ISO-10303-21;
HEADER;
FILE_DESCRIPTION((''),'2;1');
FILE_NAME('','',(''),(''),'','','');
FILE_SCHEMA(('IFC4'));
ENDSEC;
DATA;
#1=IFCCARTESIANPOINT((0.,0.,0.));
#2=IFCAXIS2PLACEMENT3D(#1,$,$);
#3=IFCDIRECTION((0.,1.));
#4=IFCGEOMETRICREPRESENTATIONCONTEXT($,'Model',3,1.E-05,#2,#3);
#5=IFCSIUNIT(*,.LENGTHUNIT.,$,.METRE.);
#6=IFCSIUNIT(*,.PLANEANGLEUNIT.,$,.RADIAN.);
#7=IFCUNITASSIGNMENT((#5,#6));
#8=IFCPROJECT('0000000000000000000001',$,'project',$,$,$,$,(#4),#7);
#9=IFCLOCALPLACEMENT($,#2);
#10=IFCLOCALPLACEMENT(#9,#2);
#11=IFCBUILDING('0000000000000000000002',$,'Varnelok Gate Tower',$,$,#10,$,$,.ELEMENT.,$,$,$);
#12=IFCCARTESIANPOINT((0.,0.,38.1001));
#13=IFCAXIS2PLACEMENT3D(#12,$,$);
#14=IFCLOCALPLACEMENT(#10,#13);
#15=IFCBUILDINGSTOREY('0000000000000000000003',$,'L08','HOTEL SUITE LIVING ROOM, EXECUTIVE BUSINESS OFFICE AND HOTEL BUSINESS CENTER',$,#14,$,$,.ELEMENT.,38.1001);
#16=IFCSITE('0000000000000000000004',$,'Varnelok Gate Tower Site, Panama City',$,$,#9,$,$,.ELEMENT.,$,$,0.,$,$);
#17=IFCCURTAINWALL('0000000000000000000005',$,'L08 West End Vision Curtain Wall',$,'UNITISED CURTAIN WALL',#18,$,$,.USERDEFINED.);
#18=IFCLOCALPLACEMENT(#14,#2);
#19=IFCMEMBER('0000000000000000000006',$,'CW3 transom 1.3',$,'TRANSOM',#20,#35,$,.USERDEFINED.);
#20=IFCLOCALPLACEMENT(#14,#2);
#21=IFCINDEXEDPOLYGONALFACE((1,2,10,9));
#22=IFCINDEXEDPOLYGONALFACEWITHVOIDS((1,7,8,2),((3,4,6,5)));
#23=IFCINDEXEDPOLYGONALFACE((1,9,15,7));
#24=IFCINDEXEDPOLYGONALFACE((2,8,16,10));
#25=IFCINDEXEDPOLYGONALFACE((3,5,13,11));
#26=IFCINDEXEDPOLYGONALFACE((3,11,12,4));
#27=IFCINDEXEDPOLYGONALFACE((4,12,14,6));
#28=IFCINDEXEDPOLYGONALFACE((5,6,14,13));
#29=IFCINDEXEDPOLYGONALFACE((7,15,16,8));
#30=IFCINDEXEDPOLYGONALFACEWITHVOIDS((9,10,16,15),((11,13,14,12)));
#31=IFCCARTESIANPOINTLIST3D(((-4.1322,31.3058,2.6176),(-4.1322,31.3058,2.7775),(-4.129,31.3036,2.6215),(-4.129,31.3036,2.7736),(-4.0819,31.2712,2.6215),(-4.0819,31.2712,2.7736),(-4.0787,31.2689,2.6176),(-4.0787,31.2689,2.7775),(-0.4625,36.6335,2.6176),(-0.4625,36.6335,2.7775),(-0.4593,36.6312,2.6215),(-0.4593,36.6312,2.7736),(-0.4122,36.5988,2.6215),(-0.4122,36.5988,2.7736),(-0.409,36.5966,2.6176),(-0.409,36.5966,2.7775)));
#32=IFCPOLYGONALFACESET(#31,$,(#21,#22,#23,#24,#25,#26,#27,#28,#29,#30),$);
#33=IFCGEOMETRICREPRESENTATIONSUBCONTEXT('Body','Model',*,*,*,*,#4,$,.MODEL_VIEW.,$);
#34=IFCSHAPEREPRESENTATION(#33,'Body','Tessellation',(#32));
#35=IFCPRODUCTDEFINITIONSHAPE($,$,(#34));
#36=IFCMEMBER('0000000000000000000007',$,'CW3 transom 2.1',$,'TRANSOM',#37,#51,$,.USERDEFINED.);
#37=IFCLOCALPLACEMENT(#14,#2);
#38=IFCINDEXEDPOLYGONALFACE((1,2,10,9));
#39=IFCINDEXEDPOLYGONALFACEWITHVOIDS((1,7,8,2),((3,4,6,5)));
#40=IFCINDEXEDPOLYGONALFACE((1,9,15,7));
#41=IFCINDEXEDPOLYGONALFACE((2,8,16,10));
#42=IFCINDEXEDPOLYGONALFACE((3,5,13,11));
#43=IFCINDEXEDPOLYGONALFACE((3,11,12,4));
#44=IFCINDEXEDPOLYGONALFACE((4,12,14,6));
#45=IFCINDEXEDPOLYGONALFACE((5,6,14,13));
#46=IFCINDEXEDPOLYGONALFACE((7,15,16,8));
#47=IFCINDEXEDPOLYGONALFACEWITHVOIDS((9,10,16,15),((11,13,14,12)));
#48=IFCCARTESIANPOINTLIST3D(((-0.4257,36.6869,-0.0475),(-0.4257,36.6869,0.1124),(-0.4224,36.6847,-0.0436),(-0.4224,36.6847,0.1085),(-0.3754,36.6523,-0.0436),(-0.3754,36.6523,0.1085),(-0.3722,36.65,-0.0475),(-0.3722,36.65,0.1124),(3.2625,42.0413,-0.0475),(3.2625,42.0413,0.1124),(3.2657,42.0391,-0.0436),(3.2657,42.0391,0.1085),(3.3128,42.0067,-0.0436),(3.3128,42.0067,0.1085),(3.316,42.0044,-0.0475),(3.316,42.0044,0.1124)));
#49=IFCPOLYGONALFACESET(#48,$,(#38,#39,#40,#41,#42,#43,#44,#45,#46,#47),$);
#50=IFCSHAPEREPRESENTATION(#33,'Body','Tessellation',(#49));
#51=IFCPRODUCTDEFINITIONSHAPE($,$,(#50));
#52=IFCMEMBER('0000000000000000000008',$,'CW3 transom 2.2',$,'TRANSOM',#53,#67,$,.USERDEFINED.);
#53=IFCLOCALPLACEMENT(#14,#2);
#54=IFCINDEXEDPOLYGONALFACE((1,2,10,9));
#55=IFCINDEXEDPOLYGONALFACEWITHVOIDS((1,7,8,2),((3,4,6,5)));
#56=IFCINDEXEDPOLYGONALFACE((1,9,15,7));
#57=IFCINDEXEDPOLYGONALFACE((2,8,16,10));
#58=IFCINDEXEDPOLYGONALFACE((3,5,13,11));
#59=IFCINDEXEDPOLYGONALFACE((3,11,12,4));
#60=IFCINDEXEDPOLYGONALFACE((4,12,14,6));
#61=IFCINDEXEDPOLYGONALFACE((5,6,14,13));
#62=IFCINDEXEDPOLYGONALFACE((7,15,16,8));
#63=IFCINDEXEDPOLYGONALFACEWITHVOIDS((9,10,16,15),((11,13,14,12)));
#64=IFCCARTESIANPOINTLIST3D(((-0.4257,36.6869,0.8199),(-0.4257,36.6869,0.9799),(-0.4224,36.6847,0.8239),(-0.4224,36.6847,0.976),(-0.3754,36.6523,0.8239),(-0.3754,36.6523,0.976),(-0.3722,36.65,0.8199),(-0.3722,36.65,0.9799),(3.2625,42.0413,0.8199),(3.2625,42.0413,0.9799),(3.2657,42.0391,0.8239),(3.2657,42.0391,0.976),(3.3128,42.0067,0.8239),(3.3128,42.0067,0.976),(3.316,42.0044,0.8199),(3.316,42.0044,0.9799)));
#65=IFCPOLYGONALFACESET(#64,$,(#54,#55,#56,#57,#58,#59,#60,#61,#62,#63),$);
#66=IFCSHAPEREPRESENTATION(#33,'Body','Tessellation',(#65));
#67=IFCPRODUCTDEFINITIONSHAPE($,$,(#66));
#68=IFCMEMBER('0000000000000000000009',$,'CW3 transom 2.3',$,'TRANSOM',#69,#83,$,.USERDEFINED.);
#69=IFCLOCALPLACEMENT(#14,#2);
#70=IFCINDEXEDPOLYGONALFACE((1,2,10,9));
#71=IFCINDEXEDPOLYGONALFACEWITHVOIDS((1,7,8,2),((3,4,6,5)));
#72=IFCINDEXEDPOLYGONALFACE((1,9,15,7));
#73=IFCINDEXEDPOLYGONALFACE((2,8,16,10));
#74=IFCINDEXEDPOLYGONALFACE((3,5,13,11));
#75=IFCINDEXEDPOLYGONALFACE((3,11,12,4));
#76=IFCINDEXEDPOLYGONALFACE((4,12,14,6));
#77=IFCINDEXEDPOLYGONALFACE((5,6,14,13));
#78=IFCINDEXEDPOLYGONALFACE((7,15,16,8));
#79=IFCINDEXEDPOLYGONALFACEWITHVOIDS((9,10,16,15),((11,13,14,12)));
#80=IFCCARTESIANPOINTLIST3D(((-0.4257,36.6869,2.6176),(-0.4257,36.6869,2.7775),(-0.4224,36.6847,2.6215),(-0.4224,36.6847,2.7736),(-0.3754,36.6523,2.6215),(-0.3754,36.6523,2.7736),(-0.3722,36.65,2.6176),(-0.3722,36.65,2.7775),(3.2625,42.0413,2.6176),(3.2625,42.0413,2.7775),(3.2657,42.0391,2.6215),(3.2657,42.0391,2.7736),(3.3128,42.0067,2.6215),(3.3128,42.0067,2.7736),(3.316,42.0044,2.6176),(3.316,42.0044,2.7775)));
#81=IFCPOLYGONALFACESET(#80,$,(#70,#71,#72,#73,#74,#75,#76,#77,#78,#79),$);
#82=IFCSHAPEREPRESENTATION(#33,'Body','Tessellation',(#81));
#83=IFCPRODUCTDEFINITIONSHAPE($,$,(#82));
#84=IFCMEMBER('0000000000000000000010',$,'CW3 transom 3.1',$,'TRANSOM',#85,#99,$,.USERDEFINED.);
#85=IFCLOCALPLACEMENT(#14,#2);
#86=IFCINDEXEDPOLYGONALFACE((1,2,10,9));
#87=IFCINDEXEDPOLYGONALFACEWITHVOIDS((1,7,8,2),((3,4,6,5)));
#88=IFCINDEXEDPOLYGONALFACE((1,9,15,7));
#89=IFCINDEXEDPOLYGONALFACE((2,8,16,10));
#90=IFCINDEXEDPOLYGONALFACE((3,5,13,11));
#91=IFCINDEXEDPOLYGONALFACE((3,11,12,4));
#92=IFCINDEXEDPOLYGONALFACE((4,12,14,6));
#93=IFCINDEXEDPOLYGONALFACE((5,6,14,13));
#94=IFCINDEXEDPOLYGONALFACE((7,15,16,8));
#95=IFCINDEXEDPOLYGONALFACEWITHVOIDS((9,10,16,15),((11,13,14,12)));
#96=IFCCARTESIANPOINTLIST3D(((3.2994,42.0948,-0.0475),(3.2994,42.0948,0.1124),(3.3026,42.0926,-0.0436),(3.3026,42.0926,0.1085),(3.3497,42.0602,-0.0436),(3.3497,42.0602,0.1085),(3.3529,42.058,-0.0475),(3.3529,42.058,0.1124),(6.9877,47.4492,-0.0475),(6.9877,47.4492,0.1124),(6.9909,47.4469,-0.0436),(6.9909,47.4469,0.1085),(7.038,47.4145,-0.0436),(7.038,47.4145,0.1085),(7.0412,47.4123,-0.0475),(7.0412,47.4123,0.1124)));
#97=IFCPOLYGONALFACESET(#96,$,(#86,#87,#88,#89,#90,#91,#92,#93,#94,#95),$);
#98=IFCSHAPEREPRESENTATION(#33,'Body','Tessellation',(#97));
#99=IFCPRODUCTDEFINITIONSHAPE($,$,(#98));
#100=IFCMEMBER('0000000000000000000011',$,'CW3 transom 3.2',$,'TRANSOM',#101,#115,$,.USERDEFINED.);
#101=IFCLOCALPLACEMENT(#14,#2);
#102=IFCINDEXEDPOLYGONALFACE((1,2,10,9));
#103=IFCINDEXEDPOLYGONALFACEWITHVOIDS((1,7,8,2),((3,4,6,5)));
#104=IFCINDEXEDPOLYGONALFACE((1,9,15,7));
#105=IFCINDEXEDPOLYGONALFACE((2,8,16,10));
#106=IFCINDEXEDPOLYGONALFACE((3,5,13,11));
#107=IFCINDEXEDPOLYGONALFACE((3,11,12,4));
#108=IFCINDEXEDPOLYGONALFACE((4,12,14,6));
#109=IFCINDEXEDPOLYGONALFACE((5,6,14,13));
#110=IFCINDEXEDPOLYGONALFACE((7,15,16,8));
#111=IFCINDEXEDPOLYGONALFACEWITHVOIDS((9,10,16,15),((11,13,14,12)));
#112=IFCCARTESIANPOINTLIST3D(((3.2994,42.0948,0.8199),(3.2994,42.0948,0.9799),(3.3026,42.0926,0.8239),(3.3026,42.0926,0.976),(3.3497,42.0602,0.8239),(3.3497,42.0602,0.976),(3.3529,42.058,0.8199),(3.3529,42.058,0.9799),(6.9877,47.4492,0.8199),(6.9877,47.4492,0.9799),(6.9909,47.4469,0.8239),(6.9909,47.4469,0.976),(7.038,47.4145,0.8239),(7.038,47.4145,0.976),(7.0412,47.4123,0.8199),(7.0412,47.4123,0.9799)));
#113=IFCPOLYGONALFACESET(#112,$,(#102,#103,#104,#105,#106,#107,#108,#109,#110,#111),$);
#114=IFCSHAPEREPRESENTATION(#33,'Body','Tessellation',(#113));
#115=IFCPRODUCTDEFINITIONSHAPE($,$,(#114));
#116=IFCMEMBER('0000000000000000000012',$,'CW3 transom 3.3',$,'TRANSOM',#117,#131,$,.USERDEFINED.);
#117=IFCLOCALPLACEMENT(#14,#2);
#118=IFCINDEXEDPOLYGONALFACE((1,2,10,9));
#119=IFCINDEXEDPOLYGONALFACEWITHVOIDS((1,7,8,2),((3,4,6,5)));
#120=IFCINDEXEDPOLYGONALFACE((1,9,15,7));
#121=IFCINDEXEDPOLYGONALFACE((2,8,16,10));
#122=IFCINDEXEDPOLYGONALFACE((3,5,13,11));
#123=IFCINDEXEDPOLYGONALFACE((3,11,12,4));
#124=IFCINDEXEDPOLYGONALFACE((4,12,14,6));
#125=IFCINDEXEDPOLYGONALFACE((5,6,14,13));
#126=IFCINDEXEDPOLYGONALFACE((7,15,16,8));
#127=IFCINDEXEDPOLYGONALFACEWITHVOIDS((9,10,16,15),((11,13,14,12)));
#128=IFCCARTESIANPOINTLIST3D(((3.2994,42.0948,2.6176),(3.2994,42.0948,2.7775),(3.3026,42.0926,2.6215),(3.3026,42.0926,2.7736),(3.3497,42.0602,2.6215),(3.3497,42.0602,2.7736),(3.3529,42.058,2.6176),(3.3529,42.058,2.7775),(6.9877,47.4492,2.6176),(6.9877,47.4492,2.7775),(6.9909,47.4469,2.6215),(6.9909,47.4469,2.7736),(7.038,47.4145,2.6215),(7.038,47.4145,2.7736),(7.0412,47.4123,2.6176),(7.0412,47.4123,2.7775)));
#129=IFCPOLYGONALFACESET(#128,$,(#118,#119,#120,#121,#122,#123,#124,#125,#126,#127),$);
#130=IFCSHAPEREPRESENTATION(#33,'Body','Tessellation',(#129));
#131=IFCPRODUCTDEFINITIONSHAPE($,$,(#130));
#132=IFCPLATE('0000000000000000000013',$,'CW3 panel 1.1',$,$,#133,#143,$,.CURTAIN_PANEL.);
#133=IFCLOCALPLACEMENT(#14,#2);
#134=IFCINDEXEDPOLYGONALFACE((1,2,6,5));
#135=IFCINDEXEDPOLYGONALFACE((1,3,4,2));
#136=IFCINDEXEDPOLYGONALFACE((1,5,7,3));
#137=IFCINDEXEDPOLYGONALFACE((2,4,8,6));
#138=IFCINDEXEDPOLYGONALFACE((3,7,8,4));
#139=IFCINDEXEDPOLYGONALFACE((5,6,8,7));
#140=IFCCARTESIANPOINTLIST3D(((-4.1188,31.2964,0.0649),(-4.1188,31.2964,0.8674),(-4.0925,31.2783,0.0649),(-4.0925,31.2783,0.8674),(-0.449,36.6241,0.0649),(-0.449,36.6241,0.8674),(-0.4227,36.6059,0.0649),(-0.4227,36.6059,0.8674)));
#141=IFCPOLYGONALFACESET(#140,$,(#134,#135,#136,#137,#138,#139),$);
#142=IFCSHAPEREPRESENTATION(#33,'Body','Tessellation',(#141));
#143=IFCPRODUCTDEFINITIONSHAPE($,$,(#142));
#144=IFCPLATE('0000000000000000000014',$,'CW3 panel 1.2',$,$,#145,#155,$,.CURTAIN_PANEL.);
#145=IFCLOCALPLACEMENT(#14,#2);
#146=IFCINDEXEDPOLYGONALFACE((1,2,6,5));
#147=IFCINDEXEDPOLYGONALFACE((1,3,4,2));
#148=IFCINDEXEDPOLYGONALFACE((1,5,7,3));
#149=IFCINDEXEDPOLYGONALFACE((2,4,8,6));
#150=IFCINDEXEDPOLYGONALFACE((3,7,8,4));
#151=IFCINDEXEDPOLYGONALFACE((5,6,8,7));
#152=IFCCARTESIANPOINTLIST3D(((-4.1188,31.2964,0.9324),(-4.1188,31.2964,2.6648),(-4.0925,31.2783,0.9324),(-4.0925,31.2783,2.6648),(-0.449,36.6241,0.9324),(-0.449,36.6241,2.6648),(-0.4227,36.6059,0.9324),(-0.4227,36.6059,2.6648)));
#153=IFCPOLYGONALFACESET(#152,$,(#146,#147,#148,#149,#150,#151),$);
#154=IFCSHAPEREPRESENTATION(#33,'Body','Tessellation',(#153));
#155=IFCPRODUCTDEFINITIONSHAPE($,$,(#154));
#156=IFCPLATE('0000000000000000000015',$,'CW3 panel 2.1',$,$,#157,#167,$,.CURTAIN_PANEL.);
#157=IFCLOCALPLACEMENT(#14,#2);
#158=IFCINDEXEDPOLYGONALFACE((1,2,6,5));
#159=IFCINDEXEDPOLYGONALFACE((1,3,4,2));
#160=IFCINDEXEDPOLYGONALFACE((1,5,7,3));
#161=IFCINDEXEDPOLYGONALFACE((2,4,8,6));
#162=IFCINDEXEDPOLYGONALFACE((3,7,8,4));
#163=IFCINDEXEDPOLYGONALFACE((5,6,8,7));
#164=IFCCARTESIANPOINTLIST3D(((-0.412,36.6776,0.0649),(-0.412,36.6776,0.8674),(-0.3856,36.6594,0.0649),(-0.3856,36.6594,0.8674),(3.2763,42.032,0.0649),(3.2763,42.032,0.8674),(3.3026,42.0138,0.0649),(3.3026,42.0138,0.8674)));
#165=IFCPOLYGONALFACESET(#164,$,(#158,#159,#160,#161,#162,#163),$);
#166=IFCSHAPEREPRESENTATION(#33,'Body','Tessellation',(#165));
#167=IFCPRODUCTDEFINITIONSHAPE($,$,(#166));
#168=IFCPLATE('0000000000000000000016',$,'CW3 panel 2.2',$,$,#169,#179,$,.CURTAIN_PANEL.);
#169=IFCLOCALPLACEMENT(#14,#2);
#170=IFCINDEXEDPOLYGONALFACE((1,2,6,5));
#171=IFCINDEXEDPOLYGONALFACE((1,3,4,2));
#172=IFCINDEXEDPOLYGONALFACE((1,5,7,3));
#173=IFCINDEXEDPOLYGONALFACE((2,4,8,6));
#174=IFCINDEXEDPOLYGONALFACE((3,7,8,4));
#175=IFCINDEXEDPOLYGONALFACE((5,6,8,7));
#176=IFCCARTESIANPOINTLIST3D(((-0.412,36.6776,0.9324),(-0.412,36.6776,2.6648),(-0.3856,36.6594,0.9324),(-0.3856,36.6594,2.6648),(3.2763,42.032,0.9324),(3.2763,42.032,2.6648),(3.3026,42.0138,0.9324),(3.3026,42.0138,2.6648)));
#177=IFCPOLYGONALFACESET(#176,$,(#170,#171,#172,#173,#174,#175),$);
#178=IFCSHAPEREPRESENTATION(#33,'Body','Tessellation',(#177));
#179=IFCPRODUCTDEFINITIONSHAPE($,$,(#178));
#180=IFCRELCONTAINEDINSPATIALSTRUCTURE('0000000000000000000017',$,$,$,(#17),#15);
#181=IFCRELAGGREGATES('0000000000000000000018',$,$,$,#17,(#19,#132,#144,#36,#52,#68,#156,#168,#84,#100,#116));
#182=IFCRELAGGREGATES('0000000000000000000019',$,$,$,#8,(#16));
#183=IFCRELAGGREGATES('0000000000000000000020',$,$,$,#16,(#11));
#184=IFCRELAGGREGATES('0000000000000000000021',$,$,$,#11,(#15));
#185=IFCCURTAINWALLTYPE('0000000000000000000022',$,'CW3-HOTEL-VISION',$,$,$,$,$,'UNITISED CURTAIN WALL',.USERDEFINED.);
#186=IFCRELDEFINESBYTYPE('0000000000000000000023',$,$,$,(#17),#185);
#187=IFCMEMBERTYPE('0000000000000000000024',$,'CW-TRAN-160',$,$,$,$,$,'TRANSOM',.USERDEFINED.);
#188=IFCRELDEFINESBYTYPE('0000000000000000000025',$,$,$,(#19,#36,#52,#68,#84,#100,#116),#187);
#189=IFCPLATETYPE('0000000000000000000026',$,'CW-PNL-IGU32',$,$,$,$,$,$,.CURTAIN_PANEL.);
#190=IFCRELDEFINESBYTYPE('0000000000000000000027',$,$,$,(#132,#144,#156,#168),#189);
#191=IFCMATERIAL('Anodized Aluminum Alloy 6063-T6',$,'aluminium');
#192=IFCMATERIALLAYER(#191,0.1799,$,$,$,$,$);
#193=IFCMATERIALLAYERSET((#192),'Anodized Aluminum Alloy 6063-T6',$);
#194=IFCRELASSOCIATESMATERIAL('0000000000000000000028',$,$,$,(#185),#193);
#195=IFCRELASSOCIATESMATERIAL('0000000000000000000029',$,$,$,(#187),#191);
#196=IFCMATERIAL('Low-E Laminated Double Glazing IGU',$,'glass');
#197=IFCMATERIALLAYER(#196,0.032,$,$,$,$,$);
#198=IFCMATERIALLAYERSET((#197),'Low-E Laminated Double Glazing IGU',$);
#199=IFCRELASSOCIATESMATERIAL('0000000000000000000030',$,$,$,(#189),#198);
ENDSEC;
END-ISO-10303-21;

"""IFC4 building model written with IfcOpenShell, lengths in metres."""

from ifc_helpers import new_model, si_unit, direction, frame, origin, origin_2d, place, context, subcontext, project, spatial, rectangle, hollow_rectangle, extrude, source, transform, mapped, material, layer, layer_set, material_profile, profile_set, type_object, element, aggregate, save


model = new_model("IFC4")

# Units and contexts
model_context = context("Model", 3, precision=1e-05, world=origin(), true_north=direction((0.0, 1.0)))
body_context = subcontext(model_context, "Body", "Model", "MODEL_VIEW")
ifc_project = project(units=[si_unit("LENGTHUNIT", "METRE"), si_unit("PLANEANGLEUNIT", "RADIAN")], contexts=[model_context])

# Site, building, storey
site_placement = place(None, origin())
site = spatial("IfcSite", under=ifc_project, at=site_placement, Name="Varnelok Gate Tower Site, Panama City", CompositionType="ELEMENT", RefElevation=0.0)
building_placement = place(site_placement, origin())
building = spatial("IfcBuilding", under=site, at=building_placement, Name="Varnelok Gate Tower", CompositionType="ELEMENT")
storey_placement = place(building_placement, frame((0.0, 0.0, 38.1001)))
storey = spatial("IfcBuildingStorey", under=building, at=storey_placement, Name="L08", Description="HOTEL SUITE LIVING ROOM, EXECUTIVE BUSINESS OFFICE AND HOTEL BUSINESS CENTER", CompositionType="ELEMENT", Elevation=38.1001)

# Curtain wall, members, plates
ifc_material_1 = material(Name="Anodized Aluminum Alloy 6063-T6", Category="aluminium")
ifc_layer_1 = layer(ifc_material_1, 0.1799)
ifc_layer_set_1 = layer_set([ifc_layer_1], Name="Anodized Aluminum Alloy 6063-T6")
curtain_wall_type = type_object("IfcCurtainWallType", Name="CW3-HOTEL-VISION", ElementType="UNITISED CURTAIN WALL", PredefinedType="USERDEFINED", material=ifc_layer_set_1)
curtain_wall_placement = place(storey_placement, origin())
curtain_wall = element("IfcCurtainWall", 1, at=curtain_wall_placement, inside=storey, type_object=curtain_wall_type, Name="L08 West End Vision Curtain Wall", ObjectType="UNITISED CURTAIN WALL", PredefinedType="USERDEFINED")
ifc_material_profile_1 = material_profile(ifc_material_1, hollow_rectangle(XDim=0.0649, YDim=0.1599, WallThickness=0.0039, at=origin_2d()), Name="ALU160X65X4")
ifc_profile_set_1 = profile_set([ifc_material_profile_1], Name="Anodized Aluminum Alloy 6063-T6")
member_type_1 = type_object("IfcMemberType", Name="CW-TRAN-160", ElementType="TRANSOM", PredefinedType="USERDEFINED", material=ifc_profile_set_1)
member_1_placement = place(storey_placement, frame((-4.1055, 31.2874, 2.6975), z_axis=(0.567256, 0.823542, 0.0), x_axis=(-0.823542, 0.567256, 0.0)))
member_1 = element("IfcMember", 2, at=member_1_placement, type_object=member_type_1, Name="CW3 transom 1.3", ObjectType="TRANSOM", PredefinedType="USERDEFINED", context=body_context, shape_type="SweptSolid", body=[
    extrude(hollow_rectangle(XDim=0.0649, YDim=0.1599, WallThickness=0.0039, at=origin_2d()), origin(), (0.0, 0.0, 1.0), 6.4692),
])
member_2_placement = place(storey_placement, frame((-0.3989, 36.6685, 0.0325), z_axis=(0.567262, 0.823538, 0.0), x_axis=(-0.823538, 0.567262, 0.0)))
member_2 = element("IfcMember", 3, at=member_2_placement, type_object=member_type_1, Name="CW3 transom 2.1", ObjectType="TRANSOM", PredefinedType="USERDEFINED", context=body_context, shape_type="SweptSolid", body=[
    extrude(hollow_rectangle(XDim=0.0649, YDim=0.1599, WallThickness=0.0039, at=origin_2d()), origin(), (0.0, 0.0, 1.0), 6.5017),
])
member_3_placement = place(storey_placement, frame((-0.3989, 36.6685, 0.8999), z_axis=(0.567262, 0.823538, 0.0), x_axis=(-0.823538, 0.567262, 0.0)))
member_3 = element("IfcMember", 4, at=member_3_placement, type_object=member_type_1, Name="CW3 transom 2.2", ObjectType="TRANSOM", PredefinedType="USERDEFINED", context=body_context, shape_type="SweptSolid", body=[
    extrude(hollow_rectangle(XDim=0.0649, YDim=0.1599, WallThickness=0.0039, at=origin_2d()), origin(), (0.0, 0.0, 1.0), 6.5017),
])
member_4_placement = place(storey_placement, frame((-0.3989, 36.6685, 2.6975), z_axis=(0.567262, 0.823538, 0.0), x_axis=(-0.823538, 0.567262, 0.0)))
member_4 = element("IfcMember", 5, at=member_4_placement, type_object=member_type_1, Name="CW3 transom 2.3", ObjectType="TRANSOM", PredefinedType="USERDEFINED", context=body_context, shape_type="SweptSolid", body=[
    extrude(hollow_rectangle(XDim=0.0649, YDim=0.1599, WallThickness=0.0039, at=origin_2d()), origin(), (0.0, 0.0, 1.0), 6.5017),
])
member_5_placement = place(storey_placement, frame((3.3262, 42.0764, 0.0325), z_axis=(0.567279, 0.823526, 0.0), x_axis=(-0.823526, 0.567279, 0.0)))
member_5 = element("IfcMember", 6, at=member_5_placement, type_object=member_type_1, Name="CW3 transom 3.1", ObjectType="TRANSOM", PredefinedType="USERDEFINED", context=body_context, shape_type="SweptSolid", body=[
    extrude(hollow_rectangle(XDim=0.0649, YDim=0.1599, WallThickness=0.0039, at=origin_2d()), origin(), (0.0, 0.0, 1.0), 6.5017),
])
member_6_placement = place(storey_placement, frame((3.3262, 42.0764, 0.8999), z_axis=(0.567279, 0.823526, 0.0), x_axis=(-0.823526, 0.567279, 0.0)))
member_6 = element("IfcMember", 7, at=member_6_placement, type_object=member_type_1, Name="CW3 transom 3.2", ObjectType="TRANSOM", PredefinedType="USERDEFINED", context=body_context, shape_type="SweptSolid", body=[
    extrude(hollow_rectangle(XDim=0.0649, YDim=0.1599, WallThickness=0.0039, at=origin_2d()), origin(), (0.0, 0.0, 1.0), 6.5017),
])
member_7_placement = place(storey_placement, frame((3.3262, 42.0764, 2.6975), z_axis=(0.567279, 0.823526, 0.0), x_axis=(-0.823526, 0.567279, 0.0)))
member_7 = element("IfcMember", 8, at=member_7_placement, type_object=member_type_1, Name="CW3 transom 3.3", ObjectType="TRANSOM", PredefinedType="USERDEFINED", context=body_context, shape_type="SweptSolid", body=[
    extrude(hollow_rectangle(XDim=0.0649, YDim=0.1599, WallThickness=0.0039, at=origin_2d()), origin(), (0.0, 0.0, 1.0), 6.5017),
])
ifc_material_2 = material(Name="Low-E Laminated Double Glazing IGU", Category="glass")
ifc_layer_2 = layer(ifc_material_2, 0.032)
ifc_layer_set_2 = layer_set([ifc_layer_2], Name="Low-E Laminated Double Glazing IGU")
plate_type = type_object("IfcPlateType", Name="CW-PNL-IGU32", PredefinedType="CURTAIN_PANEL", material=ifc_layer_set_2)
shared_shape_1 = source(origin(), body_context, "Body", "SweptSolid", [
    extrude(rectangle(XDim=6.4692, YDim=0.032, at=origin_2d()), origin(), (0.0, 0.0, 1.0), 0.8025),
])
plate_1_placement = place(storey_placement, frame((-2.2708, 33.9512, 0.0649), z_axis=(0.0, 0.0, 1.0), x_axis=(0.567269, 0.823533, 0.0)))
plate_1 = element("IfcPlate", 9, at=plate_1_placement, type_object=plate_type, Name="CW3 panel 1.1", PredefinedType="CURTAIN_PANEL", context=body_context, shape_type="MappedRepresentation", body=[
    mapped(shared_shape_1, transform((0.0, 0.0, 0.0), scale=1.0)),
])
shared_shape_2 = source(origin(), body_context, "Body", "SweptSolid", [
    extrude(rectangle(XDim=6.4692, YDim=0.032, at=origin_2d()), origin(), (0.0, 0.0, 1.0), 1.7324),
])
plate_2_placement = place(storey_placement, frame((-2.2708, 33.9512, 0.9324), z_axis=(0.0, 0.0, 1.0), x_axis=(0.567269, 0.823533, 0.0)))
plate_2 = element("IfcPlate", 10, at=plate_2_placement, type_object=plate_type, Name="CW3 panel 1.2", PredefinedType="CURTAIN_PANEL", context=body_context, shape_type="MappedRepresentation", body=[
    mapped(shared_shape_2, transform((0.0, 0.0, 0.0), scale=1.0)),
])
shared_shape_3 = source(origin(), body_context, "Body", "SweptSolid", [
    extrude(rectangle(XDim=6.5017, YDim=0.032, at=origin_2d()), origin(), (0.0, 0.0, 1.0), 0.8025),
])
plate_3_placement = place(storey_placement, frame((1.4453, 39.3457, 0.0649), z_axis=(0.0, 0.0, 1.0), x_axis=(0.567269, 0.823533, 0.0)))
plate_3 = element("IfcPlate", 11, at=plate_3_placement, type_object=plate_type, Name="CW3 panel 2.1", PredefinedType="CURTAIN_PANEL", context=body_context, shape_type="MappedRepresentation", body=[
    mapped(shared_shape_3, transform((0.0, 0.0, 0.0), scale=1.0)),
])
shared_shape_4 = source(origin(), body_context, "Body", "SweptSolid", [
    extrude(rectangle(XDim=6.5017, YDim=0.032, at=origin_2d()), origin(), (0.0, 0.0, 1.0), 1.7324),
])
plate_4_placement = place(storey_placement, frame((1.4453, 39.3457, 0.9324), z_axis=(0.0, 0.0, 1.0), x_axis=(0.567269, 0.823533, 0.0)))
plate_4 = element("IfcPlate", 12, at=plate_4_placement, type_object=plate_type, Name="CW3 panel 2.2", PredefinedType="CURTAIN_PANEL", context=body_context, shape_type="MappedRepresentation", body=[
    mapped(shared_shape_4, transform((0.0, 0.0, 0.0), scale=1.0)),
])
aggregate(curtain_wall, [member_1, plate_1, plate_2, member_2, member_3, member_4, plate_3, plate_4, member_5, member_6, member_7])

save(model, "model.ifc")
